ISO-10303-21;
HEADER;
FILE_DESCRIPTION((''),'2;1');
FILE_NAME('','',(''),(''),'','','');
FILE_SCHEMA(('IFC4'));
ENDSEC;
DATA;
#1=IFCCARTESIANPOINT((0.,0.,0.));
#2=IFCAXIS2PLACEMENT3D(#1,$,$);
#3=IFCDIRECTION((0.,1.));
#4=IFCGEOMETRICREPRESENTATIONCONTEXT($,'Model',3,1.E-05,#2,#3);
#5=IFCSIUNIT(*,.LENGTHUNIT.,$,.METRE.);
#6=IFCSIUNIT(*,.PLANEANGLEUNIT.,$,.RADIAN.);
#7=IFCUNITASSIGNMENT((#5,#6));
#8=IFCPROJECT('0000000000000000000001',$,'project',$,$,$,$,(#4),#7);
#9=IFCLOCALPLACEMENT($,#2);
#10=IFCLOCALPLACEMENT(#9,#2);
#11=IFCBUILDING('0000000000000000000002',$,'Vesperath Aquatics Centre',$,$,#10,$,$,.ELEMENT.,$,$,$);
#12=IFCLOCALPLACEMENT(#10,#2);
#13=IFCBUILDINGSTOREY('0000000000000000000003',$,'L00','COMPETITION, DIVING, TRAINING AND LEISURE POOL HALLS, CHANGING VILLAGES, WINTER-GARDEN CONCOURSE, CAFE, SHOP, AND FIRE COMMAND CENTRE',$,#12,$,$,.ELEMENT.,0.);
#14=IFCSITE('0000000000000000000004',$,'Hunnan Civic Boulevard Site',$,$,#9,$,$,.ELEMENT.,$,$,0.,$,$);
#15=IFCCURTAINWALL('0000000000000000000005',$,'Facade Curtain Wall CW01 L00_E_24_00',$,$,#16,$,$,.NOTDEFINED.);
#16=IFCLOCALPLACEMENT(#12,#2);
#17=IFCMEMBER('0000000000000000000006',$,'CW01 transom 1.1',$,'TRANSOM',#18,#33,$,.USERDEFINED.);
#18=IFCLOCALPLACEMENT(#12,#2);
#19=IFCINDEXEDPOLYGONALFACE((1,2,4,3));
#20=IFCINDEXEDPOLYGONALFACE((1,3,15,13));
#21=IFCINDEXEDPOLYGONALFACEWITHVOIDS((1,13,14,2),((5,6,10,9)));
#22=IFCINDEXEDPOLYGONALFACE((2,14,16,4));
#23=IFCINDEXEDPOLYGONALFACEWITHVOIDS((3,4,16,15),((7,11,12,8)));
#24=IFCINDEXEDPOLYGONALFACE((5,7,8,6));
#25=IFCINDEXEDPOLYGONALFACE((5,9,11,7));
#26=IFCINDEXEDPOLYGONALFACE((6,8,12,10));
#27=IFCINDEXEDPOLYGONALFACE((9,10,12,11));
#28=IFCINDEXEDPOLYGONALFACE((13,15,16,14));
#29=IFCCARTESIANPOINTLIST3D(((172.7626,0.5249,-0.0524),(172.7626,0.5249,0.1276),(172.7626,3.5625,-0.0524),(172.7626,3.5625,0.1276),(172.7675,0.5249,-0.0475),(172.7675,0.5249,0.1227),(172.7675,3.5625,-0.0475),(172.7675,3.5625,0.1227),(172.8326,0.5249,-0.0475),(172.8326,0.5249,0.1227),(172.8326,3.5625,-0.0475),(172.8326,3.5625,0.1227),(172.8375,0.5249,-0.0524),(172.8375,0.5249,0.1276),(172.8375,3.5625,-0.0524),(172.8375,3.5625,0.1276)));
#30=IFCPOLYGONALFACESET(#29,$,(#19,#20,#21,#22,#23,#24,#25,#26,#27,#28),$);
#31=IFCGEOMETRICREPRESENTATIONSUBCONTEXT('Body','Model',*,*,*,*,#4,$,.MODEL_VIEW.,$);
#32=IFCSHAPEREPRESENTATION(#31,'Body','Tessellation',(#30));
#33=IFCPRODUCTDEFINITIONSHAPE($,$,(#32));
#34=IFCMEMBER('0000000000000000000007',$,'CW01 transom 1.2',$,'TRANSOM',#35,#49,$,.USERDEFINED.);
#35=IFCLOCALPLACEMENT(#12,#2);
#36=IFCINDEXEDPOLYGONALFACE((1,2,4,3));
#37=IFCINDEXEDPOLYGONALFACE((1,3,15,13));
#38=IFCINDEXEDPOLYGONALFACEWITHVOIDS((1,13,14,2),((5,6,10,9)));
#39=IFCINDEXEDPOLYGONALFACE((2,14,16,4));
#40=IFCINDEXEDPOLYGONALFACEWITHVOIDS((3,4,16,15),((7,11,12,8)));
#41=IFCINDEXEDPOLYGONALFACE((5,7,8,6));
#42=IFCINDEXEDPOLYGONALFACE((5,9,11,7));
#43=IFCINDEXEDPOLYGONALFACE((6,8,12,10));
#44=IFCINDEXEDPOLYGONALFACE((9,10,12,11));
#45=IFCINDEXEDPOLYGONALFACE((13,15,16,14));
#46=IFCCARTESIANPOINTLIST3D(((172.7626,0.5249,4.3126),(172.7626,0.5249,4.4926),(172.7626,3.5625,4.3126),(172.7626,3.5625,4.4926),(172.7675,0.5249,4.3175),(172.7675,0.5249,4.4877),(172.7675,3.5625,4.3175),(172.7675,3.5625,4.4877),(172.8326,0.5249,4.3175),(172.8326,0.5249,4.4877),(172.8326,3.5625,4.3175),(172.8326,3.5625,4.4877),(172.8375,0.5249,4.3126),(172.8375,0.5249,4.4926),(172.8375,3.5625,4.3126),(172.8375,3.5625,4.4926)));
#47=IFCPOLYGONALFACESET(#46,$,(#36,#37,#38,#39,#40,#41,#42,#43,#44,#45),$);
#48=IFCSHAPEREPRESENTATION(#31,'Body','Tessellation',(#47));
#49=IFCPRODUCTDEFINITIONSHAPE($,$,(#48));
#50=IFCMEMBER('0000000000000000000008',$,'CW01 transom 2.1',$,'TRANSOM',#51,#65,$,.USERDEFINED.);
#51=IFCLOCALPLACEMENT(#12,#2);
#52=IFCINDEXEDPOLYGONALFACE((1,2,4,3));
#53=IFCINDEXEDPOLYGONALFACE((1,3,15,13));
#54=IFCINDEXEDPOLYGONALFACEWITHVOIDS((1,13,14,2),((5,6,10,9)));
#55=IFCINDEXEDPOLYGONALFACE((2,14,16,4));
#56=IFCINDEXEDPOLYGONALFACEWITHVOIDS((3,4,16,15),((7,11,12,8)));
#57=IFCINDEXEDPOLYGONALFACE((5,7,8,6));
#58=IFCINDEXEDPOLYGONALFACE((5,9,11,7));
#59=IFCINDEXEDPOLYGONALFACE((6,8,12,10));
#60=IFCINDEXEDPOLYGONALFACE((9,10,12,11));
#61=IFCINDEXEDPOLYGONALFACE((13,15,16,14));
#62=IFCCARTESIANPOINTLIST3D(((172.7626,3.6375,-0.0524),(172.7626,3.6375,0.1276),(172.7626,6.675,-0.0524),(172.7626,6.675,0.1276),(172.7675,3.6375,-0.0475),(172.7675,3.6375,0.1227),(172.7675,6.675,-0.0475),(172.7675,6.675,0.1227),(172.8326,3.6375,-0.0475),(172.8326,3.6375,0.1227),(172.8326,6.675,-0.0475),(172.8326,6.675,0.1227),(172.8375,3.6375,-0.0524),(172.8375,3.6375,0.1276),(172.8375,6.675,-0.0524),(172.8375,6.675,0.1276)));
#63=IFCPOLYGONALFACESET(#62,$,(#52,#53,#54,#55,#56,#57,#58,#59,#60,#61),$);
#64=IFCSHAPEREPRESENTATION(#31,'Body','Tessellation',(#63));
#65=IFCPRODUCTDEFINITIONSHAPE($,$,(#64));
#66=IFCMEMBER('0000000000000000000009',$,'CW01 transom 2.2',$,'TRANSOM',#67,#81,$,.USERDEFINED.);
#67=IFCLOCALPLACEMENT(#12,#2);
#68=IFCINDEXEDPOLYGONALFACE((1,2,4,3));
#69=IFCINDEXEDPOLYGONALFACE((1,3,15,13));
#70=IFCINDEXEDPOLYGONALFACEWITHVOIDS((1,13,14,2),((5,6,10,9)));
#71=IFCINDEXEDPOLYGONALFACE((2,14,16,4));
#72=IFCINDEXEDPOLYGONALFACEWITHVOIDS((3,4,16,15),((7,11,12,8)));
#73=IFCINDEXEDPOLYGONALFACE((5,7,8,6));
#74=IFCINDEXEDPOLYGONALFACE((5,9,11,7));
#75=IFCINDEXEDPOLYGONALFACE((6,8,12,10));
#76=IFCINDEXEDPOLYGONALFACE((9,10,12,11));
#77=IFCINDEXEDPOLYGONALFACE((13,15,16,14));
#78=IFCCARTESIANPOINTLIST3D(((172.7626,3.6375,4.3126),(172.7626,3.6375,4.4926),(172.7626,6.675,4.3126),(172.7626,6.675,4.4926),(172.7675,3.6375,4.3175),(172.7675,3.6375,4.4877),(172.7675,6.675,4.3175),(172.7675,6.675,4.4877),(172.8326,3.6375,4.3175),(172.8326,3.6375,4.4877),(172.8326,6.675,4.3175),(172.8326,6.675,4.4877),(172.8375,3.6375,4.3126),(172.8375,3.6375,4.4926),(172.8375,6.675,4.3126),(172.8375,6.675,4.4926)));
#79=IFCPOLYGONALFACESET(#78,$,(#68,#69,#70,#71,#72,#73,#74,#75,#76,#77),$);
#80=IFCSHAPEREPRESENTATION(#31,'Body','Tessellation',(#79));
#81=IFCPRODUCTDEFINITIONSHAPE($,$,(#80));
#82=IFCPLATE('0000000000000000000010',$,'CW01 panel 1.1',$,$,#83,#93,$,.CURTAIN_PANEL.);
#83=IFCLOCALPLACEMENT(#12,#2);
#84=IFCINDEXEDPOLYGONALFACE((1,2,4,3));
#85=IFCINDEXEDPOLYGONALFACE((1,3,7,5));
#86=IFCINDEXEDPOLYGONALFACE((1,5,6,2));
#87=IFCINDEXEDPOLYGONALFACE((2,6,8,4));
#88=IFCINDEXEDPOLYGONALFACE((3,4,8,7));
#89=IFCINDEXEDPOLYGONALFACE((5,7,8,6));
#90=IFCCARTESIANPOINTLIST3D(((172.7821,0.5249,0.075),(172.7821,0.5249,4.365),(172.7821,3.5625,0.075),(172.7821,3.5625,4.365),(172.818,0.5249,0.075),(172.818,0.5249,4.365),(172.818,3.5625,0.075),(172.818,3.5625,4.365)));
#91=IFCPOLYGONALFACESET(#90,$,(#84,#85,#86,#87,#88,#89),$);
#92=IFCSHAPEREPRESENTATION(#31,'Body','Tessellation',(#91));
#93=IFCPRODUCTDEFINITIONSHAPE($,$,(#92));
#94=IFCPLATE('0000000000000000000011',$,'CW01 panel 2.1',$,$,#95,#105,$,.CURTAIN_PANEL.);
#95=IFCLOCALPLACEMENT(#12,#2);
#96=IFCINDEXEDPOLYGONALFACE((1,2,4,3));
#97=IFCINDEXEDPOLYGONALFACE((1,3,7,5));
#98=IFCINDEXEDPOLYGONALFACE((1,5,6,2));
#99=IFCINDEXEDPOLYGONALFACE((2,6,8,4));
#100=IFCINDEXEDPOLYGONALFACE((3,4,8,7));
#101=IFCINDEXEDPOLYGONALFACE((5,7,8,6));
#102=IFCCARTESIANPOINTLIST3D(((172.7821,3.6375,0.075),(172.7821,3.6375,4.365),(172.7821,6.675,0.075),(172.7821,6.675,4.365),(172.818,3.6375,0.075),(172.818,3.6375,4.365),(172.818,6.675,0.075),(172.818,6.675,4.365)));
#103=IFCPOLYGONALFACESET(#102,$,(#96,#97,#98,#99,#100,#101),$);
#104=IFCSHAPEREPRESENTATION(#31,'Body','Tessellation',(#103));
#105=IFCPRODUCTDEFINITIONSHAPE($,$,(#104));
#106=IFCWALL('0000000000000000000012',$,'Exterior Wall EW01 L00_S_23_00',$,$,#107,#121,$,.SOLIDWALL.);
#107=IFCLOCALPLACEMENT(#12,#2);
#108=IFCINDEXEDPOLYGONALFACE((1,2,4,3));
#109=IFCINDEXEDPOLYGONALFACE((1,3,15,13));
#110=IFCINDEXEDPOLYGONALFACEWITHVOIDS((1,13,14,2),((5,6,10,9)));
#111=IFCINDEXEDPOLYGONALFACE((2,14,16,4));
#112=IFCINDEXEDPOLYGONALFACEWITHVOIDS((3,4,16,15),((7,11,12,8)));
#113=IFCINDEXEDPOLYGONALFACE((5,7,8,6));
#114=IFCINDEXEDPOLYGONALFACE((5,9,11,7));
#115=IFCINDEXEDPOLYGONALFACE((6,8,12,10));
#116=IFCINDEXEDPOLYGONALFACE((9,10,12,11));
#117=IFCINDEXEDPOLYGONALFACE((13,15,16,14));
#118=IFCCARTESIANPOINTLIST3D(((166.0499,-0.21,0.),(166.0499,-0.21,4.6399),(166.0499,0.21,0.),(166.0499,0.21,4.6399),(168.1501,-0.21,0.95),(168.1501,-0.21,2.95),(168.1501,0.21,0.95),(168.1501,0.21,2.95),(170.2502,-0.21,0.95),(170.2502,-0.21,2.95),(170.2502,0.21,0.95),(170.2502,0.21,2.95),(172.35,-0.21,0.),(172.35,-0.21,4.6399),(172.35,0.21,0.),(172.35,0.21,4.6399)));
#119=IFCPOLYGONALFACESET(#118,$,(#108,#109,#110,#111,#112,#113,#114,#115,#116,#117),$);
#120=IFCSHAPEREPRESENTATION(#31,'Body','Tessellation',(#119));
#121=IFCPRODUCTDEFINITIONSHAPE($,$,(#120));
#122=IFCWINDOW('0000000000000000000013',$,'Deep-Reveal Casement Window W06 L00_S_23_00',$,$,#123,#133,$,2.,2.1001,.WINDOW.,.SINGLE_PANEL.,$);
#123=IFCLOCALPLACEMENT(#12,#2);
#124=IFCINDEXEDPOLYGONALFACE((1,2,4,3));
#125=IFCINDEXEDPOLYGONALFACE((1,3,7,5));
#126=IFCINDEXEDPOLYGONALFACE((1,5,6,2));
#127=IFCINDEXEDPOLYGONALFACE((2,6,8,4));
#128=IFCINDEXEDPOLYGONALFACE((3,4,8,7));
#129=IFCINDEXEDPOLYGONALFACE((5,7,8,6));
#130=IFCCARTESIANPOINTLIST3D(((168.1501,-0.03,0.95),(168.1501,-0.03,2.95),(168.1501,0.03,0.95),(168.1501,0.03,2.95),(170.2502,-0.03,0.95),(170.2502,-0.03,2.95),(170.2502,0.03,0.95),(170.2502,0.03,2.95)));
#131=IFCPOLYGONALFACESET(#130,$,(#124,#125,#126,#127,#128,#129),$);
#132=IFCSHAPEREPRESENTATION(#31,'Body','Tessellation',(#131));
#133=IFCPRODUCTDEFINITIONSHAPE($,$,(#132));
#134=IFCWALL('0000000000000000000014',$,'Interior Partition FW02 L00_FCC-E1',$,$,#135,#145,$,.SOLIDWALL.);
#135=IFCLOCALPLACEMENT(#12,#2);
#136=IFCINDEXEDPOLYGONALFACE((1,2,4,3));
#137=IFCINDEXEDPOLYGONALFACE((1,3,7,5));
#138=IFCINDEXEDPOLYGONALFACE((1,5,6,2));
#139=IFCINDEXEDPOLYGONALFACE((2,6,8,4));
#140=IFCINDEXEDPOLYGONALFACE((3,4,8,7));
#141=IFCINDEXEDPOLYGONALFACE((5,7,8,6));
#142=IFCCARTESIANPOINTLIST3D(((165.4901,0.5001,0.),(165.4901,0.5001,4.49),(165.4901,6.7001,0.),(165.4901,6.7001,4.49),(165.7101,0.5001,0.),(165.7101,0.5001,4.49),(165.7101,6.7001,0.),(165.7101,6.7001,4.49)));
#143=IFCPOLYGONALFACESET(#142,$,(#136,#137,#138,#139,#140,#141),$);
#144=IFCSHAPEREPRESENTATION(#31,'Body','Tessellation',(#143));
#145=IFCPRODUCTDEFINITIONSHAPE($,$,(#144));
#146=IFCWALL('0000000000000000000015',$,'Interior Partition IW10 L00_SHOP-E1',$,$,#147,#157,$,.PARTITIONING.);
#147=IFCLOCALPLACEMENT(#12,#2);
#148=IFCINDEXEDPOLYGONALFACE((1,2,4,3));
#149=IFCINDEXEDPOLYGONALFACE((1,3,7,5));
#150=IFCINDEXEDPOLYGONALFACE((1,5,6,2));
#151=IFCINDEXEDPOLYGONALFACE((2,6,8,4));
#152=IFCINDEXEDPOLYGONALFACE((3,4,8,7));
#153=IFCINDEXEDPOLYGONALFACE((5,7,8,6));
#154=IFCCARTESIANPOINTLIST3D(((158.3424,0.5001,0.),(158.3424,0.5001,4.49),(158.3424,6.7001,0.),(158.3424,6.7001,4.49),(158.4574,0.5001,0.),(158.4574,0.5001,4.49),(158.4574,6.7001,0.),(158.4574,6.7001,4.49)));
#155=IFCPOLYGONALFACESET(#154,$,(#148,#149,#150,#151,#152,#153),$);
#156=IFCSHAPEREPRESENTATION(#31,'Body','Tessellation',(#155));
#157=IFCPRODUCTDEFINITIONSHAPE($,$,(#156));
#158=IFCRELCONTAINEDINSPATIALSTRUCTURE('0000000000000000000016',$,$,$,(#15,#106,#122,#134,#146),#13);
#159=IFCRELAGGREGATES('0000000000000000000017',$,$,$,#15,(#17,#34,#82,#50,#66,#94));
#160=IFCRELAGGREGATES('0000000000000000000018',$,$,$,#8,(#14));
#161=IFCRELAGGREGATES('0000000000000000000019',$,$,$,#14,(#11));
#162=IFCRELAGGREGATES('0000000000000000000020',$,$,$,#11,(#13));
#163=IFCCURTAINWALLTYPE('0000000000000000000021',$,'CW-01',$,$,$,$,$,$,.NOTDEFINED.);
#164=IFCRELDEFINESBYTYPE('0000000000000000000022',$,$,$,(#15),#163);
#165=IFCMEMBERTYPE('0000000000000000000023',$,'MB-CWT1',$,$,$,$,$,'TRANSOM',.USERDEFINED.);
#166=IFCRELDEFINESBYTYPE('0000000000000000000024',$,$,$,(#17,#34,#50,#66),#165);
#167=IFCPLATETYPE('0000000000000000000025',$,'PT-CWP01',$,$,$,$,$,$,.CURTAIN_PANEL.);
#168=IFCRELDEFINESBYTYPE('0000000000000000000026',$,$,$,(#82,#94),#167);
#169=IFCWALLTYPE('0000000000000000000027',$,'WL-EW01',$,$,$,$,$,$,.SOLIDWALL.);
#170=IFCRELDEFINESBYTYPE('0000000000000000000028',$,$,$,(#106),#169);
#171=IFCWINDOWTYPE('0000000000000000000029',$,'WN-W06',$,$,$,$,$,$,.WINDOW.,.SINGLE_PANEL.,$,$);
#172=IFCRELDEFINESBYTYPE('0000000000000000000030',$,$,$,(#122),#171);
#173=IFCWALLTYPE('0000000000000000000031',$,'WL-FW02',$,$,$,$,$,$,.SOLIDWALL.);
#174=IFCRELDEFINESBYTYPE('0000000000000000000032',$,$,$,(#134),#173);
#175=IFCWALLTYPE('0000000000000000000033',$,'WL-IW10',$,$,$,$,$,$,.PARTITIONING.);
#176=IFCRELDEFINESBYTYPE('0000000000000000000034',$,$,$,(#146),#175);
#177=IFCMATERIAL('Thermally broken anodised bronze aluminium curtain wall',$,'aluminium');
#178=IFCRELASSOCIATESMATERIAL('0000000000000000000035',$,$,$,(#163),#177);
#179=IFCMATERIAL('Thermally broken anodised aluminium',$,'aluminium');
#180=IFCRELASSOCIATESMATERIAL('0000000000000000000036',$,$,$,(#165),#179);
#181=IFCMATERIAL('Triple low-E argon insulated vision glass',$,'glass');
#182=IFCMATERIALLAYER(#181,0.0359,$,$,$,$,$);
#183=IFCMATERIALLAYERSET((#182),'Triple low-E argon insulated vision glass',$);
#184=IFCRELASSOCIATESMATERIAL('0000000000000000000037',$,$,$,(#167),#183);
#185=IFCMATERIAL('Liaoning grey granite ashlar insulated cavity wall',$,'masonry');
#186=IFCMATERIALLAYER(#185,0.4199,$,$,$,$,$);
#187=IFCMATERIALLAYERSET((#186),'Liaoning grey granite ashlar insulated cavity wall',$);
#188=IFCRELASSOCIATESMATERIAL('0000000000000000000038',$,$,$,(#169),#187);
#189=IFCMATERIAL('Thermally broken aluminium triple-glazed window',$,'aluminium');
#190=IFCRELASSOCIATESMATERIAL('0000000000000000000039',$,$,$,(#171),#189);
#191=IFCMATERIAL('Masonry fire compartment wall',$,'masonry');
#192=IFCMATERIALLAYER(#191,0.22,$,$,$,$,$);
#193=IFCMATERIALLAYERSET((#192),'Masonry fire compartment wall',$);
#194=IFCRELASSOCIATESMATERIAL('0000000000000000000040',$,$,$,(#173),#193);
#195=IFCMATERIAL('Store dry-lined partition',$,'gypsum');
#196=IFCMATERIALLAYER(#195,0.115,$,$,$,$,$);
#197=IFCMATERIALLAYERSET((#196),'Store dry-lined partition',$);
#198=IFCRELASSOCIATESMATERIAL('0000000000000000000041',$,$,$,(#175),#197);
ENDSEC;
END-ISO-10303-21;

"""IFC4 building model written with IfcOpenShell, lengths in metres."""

from ifc_helpers import new_model, si_unit, direction, frame, frame_2d, origin, origin_2d, place, context, subcontext, project, spatial, rectangle, hollow_rectangle, extrude, material, layer, layer_set, material_profile, profile_set, type_object, element, fill, aggregate, save


model = new_model("IFC4")

# Units and contexts
model_context = context("Model", 3, precision=1e-05, world=origin(), true_north=direction((0.0, 1.0)))
body_context = subcontext(model_context, "Body", "Model", "MODEL_VIEW")
ifc_project = project(units=[si_unit("LENGTHUNIT", "METRE"), si_unit("PLANEANGLEUNIT", "RADIAN")], contexts=[model_context])

# Site, building, storey
site_placement = place(None, origin())
site = spatial("IfcSite", under=ifc_project, at=site_placement, Name="Hunnan Civic Boulevard Site", CompositionType="ELEMENT", RefElevation=0.0)
building_placement = place(site_placement, origin())
building = spatial("IfcBuilding", under=site, at=building_placement, Name="Vesperath Aquatics Centre", CompositionType="ELEMENT")
storey_placement = place(building_placement, origin())
storey = spatial("IfcBuildingStorey", under=building, at=storey_placement, Name="L00", Description="COMPETITION, DIVING, TRAINING AND LEISURE POOL HALLS, CHANGING VILLAGES, WINTER-GARDEN CONCOURSE, CAFE, SHOP, AND FIRE COMMAND CENTRE", CompositionType="ELEMENT", Elevation=0.0)

# Curtain wall, members, plates
ifc_material_1 = material(Name="Thermally broken anodised bronze aluminium curtain wall", Category="aluminium")
curtain_wall_type = type_object("IfcCurtainWallType", Name="CW-01", PredefinedType="NOTDEFINED", material=ifc_material_1)
curtain_wall_placement = place(storey_placement, origin())
curtain_wall = element("IfcCurtainWall", 1, at=curtain_wall_placement, inside=storey, type_object=curtain_wall_type, Name="Facade Curtain Wall CW01 L00_E_24_00", PredefinedType="NOTDEFINED")
ifc_material_2 = material(Name="Thermally broken anodised aluminium", Category="aluminium")
ifc_material_profile_1 = material_profile(ifc_material_2, hollow_rectangle(XDim=0.075, YDim=0.1799, WallThickness=0.0049, at=origin_2d()), Name="CWT 75x180x5")
ifc_profile_set_1 = profile_set([ifc_material_profile_1], Name="Thermally broken anodised aluminium")
member_type_1 = type_object("IfcMemberType", Name="MB-CWT1", ElementType="TRANSOM", PredefinedType="USERDEFINED", material=ifc_profile_set_1)
member_1_placement = place(storey_placement, frame((172.8, 0.5249, 0.0376), z_axis=(0.0, 1.0, 0.0), x_axis=(-1.0, 0.0, 0.0)))
member_1 = element("IfcMember", 2, at=member_1_placement, type_object=member_type_1, Name="CW01 transom 1.1", ObjectType="TRANSOM", PredefinedType="USERDEFINED", context=body_context, shape_type="SweptSolid", body=[
    extrude(hollow_rectangle(XDim=0.075, YDim=0.1799, WallThickness=0.0049, at=origin_2d()), origin(), (0.0, 0.0, 1.0), 3.0376),
])
member_2_placement = place(storey_placement, frame((172.8, 0.5249, 4.4026), z_axis=(0.0, 1.0, 0.0), x_axis=(-1.0, 0.0, 0.0)))
member_2 = element("IfcMember", 3, at=member_2_placement, type_object=member_type_1, Name="CW01 transom 1.2", ObjectType="TRANSOM", PredefinedType="USERDEFINED", context=body_context, shape_type="SweptSolid", body=[
    extrude(hollow_rectangle(XDim=0.075, YDim=0.1799, WallThickness=0.0049, at=origin_2d()), origin(), (0.0, 0.0, 1.0), 3.0376),
])
member_3_placement = place(storey_placement, frame((172.8, 3.6375, 0.0376), z_axis=(0.0, 1.0, 0.0), x_axis=(-1.0, 0.0, 0.0)))
member_3 = element("IfcMember", 4, at=member_3_placement, type_object=member_type_1, Name="CW01 transom 2.1", ObjectType="TRANSOM", PredefinedType="USERDEFINED", context=body_context, shape_type="SweptSolid", body=[
    extrude(hollow_rectangle(XDim=0.075, YDim=0.1799, WallThickness=0.0049, at=origin_2d()), origin(), (0.0, 0.0, 1.0), 3.0376),
])
member_4_placement = place(storey_placement, frame((172.8, 3.6375, 4.4026), z_axis=(0.0, 1.0, 0.0), x_axis=(-1.0, 0.0, 0.0)))
member_4 = element("IfcMember", 5, at=member_4_placement, type_object=member_type_1, Name="CW01 transom 2.2", ObjectType="TRANSOM", PredefinedType="USERDEFINED", context=body_context, shape_type="SweptSolid", body=[
    extrude(hollow_rectangle(XDim=0.075, YDim=0.1799, WallThickness=0.0049, at=origin_2d()), origin(), (0.0, 0.0, 1.0), 3.0376),
])
ifc_material_3 = material(Name="Triple low-E argon insulated vision glass", Category="glass")
ifc_layer_1 = layer(ifc_material_3, 0.0359)
ifc_layer_set_1 = layer_set([ifc_layer_1], Name="Triple low-E argon insulated vision glass")
plate_type = type_object("IfcPlateType", Name="PT-CWP01", PredefinedType="CURTAIN_PANEL", material=ifc_layer_set_1)
plate_1_placement = place(storey_placement, frame((172.8, 2.0437, 0.075), z_axis=(0.0, 0.0, 1.0), x_axis=(0.0, 1.0, 0.0)))
plate_1 = element("IfcPlate", 6, at=plate_1_placement, type_object=plate_type, Name="CW01 panel 1.1", PredefinedType="CURTAIN_PANEL", context=body_context, shape_type="SweptSolid", body=[
    extrude(rectangle(XDim=3.0376, YDim=0.0359, at=origin_2d()), origin(), (0.0, 0.0, 1.0), 4.29),
])
plate_2_placement = place(storey_placement, frame((172.8, 5.1562, 0.075), z_axis=(0.0, 0.0, 1.0), x_axis=(0.0, 1.0, 0.0)))
plate_2 = element("IfcPlate", 7, at=plate_2_placement, type_object=plate_type, Name="CW01 panel 2.1", PredefinedType="CURTAIN_PANEL", context=body_context, shape_type="SweptSolid", body=[
    extrude(rectangle(XDim=3.0376, YDim=0.0359, at=origin_2d()), origin(), (0.0, 0.0, 1.0), 4.29),
])
aggregate(curtain_wall, [member_1, member_2, plate_1, member_3, member_4, plate_2])

# Shared definitions
ifc_material_4 = material(Name="Liaoning grey granite ashlar insulated cavity wall", Category="masonry")
ifc_layer_2 = layer(ifc_material_4, 0.4199)
ifc_layer_set_2 = layer_set([ifc_layer_2], Name="Liaoning grey granite ashlar insulated cavity wall")
wall_type_1 = type_object("IfcWallType", Name="WL-EW01", PredefinedType="SOLIDWALL", material=ifc_layer_set_2)

# Wall, opening, window
wall_1_placement = place(storey_placement, frame((166.05, 0.0, 0.0), z_axis=(0.0, 0.0, 1.0), x_axis=(1.0, 0.0, 0.0)))
wall_1 = element("IfcWall", 8, at=wall_1_placement, inside=storey, type_object=wall_type_1, Name="Exterior Wall EW01 L00_S_23_00", PredefinedType="SOLIDWALL", context=body_context, shape_type="SweptSolid", body=[
    extrude(rectangle(XDim=6.3, YDim=0.4199, at=frame_2d((3.1499, 0.0))), origin(), (0.0, 0.0, 1.0), 4.6399),
])
opening_1_placement = place(wall_1_placement, frame((2.1001, 0.0, 0.95)))
opening_1 = element("IfcOpeningElement", 9, at=opening_1_placement, cuts=wall_1, PredefinedType="OPENING", context=body_context, shape_type="SweptSolid", body=[
    extrude(rectangle(XDim=2.1001, YDim=2.0, at=frame_2d((1.05, 1.0))), frame((0.0, 0.2249, 0.0), z_axis=(0.0, -1.0, 0.0), x_axis=(1.0, 0.0, 0.0)), (0.0, 0.0, 1.0), 0.4497),
])
ifc_material_5 = material(Name="Thermally broken aluminium triple-glazed window", Category="aluminium")
window_type = type_object("IfcWindowType", Name="WN-W06", PartitioningType="SINGLE_PANEL", PredefinedType="WINDOW", material=ifc_material_5)
window_placement = place(opening_1_placement, origin())
window = element("IfcWindow", 10, at=window_placement, inside=storey, type_object=window_type, Name="Deep-Reveal Casement Window W06 L00_S_23_00", OverallHeight=2.0, OverallWidth=2.1001, PartitioningType="SINGLE_PANEL", PredefinedType="WINDOW", context=body_context, shape_type="SweptSolid", body=[
    extrude(rectangle(XDim=2.1001, YDim=2.0, at=frame_2d((1.05, 1.0))), frame((0.0, 0.03, 0.0), z_axis=(0.0, -1.0, 0.0), x_axis=(1.0, 0.0, 0.0)), (0.0, 0.0, 1.0), 0.0601),
])
fill(opening_1, window)

# Walls
ifc_material_6 = material(Name="Masonry fire compartment wall", Category="masonry")
ifc_layer_3 = layer(ifc_material_6, 0.22)
ifc_layer_set_3 = layer_set([ifc_layer_3], Name="Masonry fire compartment wall")
wall_type_2 = type_object("IfcWallType", Name="WL-FW02", PredefinedType="SOLIDWALL", material=ifc_layer_set_3)
wall_2_placement = place(storey_placement, frame((165.6001, 0.5, 0.0), z_axis=(0.0, 0.0, 1.0), x_axis=(0.0, 1.0, 0.0)))
element("IfcWall", 11, at=wall_2_placement, inside=storey, type_object=wall_type_2, Name="Interior Partition FW02 L00_FCC-E1", PredefinedType="SOLIDWALL", context=body_context, shape_type="SweptSolid", body=[
    extrude(rectangle(XDim=6.2, YDim=0.22, at=frame_2d((3.1001, 0.0))), origin(), (0.0, 0.0, 1.0), 4.49),
])
ifc_material_7 = material(Name="Store dry-lined partition", Category="gypsum")
ifc_layer_4 = layer(ifc_material_7, 0.115)
ifc_layer_set_4 = layer_set([ifc_layer_4], Name="Store dry-lined partition")
wall_type_3 = type_object("IfcWallType", Name="WL-IW10", PredefinedType="PARTITIONING", material=ifc_layer_set_4)
wall_3_placement = place(storey_placement, frame((158.3999, 0.5, 0.0), z_axis=(0.0, 0.0, 1.0), x_axis=(0.0, 1.0, 0.0)))
element("IfcWall", 12, at=wall_3_placement, inside=storey, type_object=wall_type_3, Name="Interior Partition IW10 L00_SHOP-E1", PredefinedType="PARTITIONING", context=body_context, shape_type="SweptSolid", body=[
    extrude(rectangle(XDim=6.2, YDim=0.115, at=frame_2d((3.1001, 0.0))), origin(), (0.0, 0.0, 1.0), 4.49),
])

save(model, "model.ifc")
